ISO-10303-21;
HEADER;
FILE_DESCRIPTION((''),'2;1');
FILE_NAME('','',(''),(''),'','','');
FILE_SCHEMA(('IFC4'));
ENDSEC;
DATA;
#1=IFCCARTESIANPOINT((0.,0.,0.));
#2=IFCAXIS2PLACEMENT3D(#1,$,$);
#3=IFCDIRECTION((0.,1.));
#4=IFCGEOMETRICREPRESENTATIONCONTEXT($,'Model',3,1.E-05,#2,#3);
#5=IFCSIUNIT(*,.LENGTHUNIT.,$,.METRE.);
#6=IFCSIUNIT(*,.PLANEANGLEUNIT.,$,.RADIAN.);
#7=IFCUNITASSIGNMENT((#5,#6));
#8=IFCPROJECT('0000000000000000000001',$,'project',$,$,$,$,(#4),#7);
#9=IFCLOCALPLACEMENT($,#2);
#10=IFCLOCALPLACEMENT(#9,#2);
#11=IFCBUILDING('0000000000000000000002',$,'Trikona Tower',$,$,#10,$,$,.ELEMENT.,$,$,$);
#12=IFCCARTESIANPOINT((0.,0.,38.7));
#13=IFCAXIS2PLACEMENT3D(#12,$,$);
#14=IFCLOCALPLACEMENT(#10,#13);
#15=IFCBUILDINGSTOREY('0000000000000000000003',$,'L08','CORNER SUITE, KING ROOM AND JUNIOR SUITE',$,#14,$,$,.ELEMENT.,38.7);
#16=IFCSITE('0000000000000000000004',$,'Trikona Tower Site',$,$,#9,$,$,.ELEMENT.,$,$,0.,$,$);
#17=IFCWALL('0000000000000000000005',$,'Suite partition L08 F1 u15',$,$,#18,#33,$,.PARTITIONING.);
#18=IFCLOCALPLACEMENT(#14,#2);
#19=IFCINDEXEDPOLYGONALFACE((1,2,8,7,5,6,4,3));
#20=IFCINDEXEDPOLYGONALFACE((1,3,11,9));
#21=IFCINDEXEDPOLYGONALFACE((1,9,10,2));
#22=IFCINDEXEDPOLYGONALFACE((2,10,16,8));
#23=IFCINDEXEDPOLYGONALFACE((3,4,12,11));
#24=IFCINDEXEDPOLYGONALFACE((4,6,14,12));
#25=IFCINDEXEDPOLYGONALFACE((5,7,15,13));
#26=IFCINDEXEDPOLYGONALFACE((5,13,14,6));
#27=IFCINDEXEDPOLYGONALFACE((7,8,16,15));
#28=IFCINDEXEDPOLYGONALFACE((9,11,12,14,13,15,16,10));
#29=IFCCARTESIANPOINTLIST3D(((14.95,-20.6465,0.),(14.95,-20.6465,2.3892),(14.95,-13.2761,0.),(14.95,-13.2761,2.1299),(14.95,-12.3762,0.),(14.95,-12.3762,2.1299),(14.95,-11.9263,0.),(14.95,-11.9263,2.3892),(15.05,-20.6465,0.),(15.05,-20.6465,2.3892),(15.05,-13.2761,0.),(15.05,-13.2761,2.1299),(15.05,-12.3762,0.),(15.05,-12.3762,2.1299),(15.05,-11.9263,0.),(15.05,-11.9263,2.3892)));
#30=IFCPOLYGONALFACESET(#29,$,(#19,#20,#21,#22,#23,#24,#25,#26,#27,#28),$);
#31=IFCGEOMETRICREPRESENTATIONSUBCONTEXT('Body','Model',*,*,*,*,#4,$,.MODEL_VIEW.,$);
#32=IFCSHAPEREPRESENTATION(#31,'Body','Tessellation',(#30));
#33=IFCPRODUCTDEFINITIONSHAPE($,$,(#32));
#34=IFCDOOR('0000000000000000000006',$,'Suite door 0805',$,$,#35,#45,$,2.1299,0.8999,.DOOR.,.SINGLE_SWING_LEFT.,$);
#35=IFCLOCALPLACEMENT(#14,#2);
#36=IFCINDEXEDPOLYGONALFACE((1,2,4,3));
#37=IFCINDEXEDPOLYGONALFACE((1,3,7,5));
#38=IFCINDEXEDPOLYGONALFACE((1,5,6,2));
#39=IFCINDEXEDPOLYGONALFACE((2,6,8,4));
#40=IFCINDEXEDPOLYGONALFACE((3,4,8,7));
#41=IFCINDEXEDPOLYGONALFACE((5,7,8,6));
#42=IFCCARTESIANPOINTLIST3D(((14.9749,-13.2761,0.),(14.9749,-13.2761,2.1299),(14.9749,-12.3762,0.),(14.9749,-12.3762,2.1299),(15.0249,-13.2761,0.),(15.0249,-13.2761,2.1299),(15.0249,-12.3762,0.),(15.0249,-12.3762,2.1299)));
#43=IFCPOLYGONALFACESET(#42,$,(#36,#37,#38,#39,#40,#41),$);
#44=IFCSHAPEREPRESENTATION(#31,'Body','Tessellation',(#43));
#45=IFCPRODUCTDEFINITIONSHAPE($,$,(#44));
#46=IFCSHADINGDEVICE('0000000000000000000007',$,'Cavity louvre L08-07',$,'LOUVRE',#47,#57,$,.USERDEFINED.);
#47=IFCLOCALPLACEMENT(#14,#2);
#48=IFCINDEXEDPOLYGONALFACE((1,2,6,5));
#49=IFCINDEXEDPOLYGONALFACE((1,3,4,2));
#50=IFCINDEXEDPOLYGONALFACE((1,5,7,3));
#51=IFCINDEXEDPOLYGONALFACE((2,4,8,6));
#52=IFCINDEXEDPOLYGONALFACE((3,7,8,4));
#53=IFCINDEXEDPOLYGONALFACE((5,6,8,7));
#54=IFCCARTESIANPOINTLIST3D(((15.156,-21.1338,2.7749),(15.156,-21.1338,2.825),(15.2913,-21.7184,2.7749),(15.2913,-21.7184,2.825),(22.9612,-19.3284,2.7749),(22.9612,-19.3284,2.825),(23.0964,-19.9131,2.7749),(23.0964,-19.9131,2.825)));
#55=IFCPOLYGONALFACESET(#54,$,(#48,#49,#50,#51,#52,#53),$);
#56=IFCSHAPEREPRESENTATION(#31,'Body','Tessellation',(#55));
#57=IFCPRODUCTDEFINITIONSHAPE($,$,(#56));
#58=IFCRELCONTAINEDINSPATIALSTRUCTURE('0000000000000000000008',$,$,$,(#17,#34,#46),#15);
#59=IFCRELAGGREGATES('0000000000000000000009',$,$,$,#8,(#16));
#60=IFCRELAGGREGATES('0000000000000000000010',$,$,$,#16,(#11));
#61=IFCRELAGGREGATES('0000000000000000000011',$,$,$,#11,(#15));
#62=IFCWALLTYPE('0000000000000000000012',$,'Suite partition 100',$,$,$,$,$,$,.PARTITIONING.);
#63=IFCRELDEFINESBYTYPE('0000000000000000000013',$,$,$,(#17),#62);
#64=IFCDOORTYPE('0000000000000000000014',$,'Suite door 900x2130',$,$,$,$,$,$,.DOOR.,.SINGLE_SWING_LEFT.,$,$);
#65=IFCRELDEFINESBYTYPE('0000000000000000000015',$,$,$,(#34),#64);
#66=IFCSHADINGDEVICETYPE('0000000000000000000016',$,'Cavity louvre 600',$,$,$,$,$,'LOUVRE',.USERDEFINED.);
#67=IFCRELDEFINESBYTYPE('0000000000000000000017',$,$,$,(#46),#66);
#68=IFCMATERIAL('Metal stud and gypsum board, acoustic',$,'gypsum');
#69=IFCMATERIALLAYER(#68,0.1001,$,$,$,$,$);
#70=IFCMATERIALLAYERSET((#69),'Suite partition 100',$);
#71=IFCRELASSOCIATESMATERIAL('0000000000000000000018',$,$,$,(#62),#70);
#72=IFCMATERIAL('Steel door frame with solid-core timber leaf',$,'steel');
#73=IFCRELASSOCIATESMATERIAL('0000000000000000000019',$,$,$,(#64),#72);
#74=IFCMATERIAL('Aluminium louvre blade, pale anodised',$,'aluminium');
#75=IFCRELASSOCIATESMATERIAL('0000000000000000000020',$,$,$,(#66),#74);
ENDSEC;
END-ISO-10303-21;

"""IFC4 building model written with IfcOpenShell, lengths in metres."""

from ifc_helpers import new_model, si_unit, direction, frame, frame_2d, origin, origin_2d, place, context, subcontext, project, spatial, rectangle, extrude, material, layer, layer_set, type_object, element, fill, save


model = new_model("IFC4")

# Units and contexts
model_context = context("Model", 3, precision=1e-05, world=origin(), true_north=direction((0.0, 1.0)))
body_context = subcontext(model_context, "Body", "Model", "MODEL_VIEW")
ifc_project = project(units=[si_unit("LENGTHUNIT", "METRE"), si_unit("PLANEANGLEUNIT", "RADIAN")], contexts=[model_context])

# Site, building, storey
site_placement = place(None, origin())
site = spatial("IfcSite", under=ifc_project, at=site_placement, Name="Trikona Tower Site", CompositionType="ELEMENT", RefElevation=0.0)
building_placement = place(site_placement, origin())
building = spatial("IfcBuilding", under=site, at=building_placement, Name="Trikona Tower", CompositionType="ELEMENT")
storey_placement = place(building_placement, frame((0.0, 0.0, 38.7)))
storey = spatial("IfcBuildingStorey", under=building, at=storey_placement, Name="L08", Description="CORNER SUITE, KING ROOM AND JUNIOR SUITE", CompositionType="ELEMENT", Elevation=38.7)

# Wall, opening, door
ifc_material_1 = material(Name="Metal stud and gypsum board, acoustic", Category="gypsum")
ifc_layer_1 = layer(ifc_material_1, 0.1001)
ifc_layer_set_1 = layer_set([ifc_layer_1], Name="Suite partition 100")
wall_type = type_object("IfcWallType", Name="Suite partition 100", PredefinedType="PARTITIONING", material=ifc_layer_set_1)
wall_placement = place(storey_placement, frame((15.0, -11.9263, 0.0), z_axis=(0.0, 0.0, 1.0), x_axis=(0.0, -1.0, 0.0)))
wall = element("IfcWall", 1, at=wall_placement, inside=storey, type_object=wall_type, Name="Suite partition L08 F1 u15", PredefinedType="PARTITIONING", context=body_context, shape_type="SweptSolid", body=[
    extrude(rectangle(XDim=8.7202, YDim=0.1001, at=frame_2d((4.3601, 0.0))), origin(), (0.0, 0.0, 1.0), 2.3892),
])
opening_placement = place(wall_placement, frame((0.45, 0.0, 0.0)))
opening = element("IfcOpeningElement", 2, at=opening_placement, cuts=wall, PredefinedType="OPENING", context=body_context, shape_type="SweptSolid", body=[
    extrude(rectangle(XDim=0.8999, YDim=2.1299, at=frame_2d((0.45, 1.0649))), frame((0.0, 0.0601, 0.0), z_axis=(0.0, -1.0, 0.0), x_axis=(1.0, 0.0, 0.0)), (0.0, 0.0, 1.0), 0.1201),
])
ifc_material_2 = material(Name="Steel door frame with solid-core timber leaf", Category="steel")
door_type = type_object("IfcDoorType", Name="Suite door 900x2130", OperationType="SINGLE_SWING_LEFT", PredefinedType="DOOR", material=ifc_material_2)
door_placement = place(opening_placement, origin())
door = element("IfcDoor", 3, at=door_placement, inside=storey, type_object=door_type, Name="Suite door 0805", OperationType="SINGLE_SWING_LEFT", OverallHeight=2.1299, OverallWidth=0.8999, PredefinedType="DOOR", context=body_context, shape_type="SweptSolid", body=[
    extrude(rectangle(XDim=0.8999, YDim=2.1299, at=frame_2d((0.45, 1.0649))), frame((0.0, 0.0249, 0.0), z_axis=(0.0, -1.0, 0.0), x_axis=(1.0, 0.0, 0.0)), (0.0, 0.0, 1.0), 0.05),
])
fill(opening, door)

# Shading device
ifc_material_3 = material(Name="Aluminium louvre blade, pale anodised", Category="aluminium")
shading_device_type = type_object("IfcShadingDeviceType", Name="Cavity louvre 600", ElementType="LOUVRE", PredefinedType="USERDEFINED", material=ifc_material_3)
shading_device_placement = place(storey_placement, frame((19.1262, -20.5234, 2.7749), z_axis=(0.0, 0.0, 1.0), x_axis=(0.974278, 0.225351, 0.0)))
element("IfcShadingDevice", 4, at=shading_device_placement, inside=storey, type_object=shading_device_type, Name="Cavity louvre L08-07", ObjectType="LOUVRE", PredefinedType="USERDEFINED", context=body_context, shape_type="SweptSolid", body=[
    extrude(rectangle(XDim=8.0112, YDim=0.6001, at=origin_2d()), origin(), (0.0, 0.0, 1.0), 0.05),
])

save(model, "model.ifc")
